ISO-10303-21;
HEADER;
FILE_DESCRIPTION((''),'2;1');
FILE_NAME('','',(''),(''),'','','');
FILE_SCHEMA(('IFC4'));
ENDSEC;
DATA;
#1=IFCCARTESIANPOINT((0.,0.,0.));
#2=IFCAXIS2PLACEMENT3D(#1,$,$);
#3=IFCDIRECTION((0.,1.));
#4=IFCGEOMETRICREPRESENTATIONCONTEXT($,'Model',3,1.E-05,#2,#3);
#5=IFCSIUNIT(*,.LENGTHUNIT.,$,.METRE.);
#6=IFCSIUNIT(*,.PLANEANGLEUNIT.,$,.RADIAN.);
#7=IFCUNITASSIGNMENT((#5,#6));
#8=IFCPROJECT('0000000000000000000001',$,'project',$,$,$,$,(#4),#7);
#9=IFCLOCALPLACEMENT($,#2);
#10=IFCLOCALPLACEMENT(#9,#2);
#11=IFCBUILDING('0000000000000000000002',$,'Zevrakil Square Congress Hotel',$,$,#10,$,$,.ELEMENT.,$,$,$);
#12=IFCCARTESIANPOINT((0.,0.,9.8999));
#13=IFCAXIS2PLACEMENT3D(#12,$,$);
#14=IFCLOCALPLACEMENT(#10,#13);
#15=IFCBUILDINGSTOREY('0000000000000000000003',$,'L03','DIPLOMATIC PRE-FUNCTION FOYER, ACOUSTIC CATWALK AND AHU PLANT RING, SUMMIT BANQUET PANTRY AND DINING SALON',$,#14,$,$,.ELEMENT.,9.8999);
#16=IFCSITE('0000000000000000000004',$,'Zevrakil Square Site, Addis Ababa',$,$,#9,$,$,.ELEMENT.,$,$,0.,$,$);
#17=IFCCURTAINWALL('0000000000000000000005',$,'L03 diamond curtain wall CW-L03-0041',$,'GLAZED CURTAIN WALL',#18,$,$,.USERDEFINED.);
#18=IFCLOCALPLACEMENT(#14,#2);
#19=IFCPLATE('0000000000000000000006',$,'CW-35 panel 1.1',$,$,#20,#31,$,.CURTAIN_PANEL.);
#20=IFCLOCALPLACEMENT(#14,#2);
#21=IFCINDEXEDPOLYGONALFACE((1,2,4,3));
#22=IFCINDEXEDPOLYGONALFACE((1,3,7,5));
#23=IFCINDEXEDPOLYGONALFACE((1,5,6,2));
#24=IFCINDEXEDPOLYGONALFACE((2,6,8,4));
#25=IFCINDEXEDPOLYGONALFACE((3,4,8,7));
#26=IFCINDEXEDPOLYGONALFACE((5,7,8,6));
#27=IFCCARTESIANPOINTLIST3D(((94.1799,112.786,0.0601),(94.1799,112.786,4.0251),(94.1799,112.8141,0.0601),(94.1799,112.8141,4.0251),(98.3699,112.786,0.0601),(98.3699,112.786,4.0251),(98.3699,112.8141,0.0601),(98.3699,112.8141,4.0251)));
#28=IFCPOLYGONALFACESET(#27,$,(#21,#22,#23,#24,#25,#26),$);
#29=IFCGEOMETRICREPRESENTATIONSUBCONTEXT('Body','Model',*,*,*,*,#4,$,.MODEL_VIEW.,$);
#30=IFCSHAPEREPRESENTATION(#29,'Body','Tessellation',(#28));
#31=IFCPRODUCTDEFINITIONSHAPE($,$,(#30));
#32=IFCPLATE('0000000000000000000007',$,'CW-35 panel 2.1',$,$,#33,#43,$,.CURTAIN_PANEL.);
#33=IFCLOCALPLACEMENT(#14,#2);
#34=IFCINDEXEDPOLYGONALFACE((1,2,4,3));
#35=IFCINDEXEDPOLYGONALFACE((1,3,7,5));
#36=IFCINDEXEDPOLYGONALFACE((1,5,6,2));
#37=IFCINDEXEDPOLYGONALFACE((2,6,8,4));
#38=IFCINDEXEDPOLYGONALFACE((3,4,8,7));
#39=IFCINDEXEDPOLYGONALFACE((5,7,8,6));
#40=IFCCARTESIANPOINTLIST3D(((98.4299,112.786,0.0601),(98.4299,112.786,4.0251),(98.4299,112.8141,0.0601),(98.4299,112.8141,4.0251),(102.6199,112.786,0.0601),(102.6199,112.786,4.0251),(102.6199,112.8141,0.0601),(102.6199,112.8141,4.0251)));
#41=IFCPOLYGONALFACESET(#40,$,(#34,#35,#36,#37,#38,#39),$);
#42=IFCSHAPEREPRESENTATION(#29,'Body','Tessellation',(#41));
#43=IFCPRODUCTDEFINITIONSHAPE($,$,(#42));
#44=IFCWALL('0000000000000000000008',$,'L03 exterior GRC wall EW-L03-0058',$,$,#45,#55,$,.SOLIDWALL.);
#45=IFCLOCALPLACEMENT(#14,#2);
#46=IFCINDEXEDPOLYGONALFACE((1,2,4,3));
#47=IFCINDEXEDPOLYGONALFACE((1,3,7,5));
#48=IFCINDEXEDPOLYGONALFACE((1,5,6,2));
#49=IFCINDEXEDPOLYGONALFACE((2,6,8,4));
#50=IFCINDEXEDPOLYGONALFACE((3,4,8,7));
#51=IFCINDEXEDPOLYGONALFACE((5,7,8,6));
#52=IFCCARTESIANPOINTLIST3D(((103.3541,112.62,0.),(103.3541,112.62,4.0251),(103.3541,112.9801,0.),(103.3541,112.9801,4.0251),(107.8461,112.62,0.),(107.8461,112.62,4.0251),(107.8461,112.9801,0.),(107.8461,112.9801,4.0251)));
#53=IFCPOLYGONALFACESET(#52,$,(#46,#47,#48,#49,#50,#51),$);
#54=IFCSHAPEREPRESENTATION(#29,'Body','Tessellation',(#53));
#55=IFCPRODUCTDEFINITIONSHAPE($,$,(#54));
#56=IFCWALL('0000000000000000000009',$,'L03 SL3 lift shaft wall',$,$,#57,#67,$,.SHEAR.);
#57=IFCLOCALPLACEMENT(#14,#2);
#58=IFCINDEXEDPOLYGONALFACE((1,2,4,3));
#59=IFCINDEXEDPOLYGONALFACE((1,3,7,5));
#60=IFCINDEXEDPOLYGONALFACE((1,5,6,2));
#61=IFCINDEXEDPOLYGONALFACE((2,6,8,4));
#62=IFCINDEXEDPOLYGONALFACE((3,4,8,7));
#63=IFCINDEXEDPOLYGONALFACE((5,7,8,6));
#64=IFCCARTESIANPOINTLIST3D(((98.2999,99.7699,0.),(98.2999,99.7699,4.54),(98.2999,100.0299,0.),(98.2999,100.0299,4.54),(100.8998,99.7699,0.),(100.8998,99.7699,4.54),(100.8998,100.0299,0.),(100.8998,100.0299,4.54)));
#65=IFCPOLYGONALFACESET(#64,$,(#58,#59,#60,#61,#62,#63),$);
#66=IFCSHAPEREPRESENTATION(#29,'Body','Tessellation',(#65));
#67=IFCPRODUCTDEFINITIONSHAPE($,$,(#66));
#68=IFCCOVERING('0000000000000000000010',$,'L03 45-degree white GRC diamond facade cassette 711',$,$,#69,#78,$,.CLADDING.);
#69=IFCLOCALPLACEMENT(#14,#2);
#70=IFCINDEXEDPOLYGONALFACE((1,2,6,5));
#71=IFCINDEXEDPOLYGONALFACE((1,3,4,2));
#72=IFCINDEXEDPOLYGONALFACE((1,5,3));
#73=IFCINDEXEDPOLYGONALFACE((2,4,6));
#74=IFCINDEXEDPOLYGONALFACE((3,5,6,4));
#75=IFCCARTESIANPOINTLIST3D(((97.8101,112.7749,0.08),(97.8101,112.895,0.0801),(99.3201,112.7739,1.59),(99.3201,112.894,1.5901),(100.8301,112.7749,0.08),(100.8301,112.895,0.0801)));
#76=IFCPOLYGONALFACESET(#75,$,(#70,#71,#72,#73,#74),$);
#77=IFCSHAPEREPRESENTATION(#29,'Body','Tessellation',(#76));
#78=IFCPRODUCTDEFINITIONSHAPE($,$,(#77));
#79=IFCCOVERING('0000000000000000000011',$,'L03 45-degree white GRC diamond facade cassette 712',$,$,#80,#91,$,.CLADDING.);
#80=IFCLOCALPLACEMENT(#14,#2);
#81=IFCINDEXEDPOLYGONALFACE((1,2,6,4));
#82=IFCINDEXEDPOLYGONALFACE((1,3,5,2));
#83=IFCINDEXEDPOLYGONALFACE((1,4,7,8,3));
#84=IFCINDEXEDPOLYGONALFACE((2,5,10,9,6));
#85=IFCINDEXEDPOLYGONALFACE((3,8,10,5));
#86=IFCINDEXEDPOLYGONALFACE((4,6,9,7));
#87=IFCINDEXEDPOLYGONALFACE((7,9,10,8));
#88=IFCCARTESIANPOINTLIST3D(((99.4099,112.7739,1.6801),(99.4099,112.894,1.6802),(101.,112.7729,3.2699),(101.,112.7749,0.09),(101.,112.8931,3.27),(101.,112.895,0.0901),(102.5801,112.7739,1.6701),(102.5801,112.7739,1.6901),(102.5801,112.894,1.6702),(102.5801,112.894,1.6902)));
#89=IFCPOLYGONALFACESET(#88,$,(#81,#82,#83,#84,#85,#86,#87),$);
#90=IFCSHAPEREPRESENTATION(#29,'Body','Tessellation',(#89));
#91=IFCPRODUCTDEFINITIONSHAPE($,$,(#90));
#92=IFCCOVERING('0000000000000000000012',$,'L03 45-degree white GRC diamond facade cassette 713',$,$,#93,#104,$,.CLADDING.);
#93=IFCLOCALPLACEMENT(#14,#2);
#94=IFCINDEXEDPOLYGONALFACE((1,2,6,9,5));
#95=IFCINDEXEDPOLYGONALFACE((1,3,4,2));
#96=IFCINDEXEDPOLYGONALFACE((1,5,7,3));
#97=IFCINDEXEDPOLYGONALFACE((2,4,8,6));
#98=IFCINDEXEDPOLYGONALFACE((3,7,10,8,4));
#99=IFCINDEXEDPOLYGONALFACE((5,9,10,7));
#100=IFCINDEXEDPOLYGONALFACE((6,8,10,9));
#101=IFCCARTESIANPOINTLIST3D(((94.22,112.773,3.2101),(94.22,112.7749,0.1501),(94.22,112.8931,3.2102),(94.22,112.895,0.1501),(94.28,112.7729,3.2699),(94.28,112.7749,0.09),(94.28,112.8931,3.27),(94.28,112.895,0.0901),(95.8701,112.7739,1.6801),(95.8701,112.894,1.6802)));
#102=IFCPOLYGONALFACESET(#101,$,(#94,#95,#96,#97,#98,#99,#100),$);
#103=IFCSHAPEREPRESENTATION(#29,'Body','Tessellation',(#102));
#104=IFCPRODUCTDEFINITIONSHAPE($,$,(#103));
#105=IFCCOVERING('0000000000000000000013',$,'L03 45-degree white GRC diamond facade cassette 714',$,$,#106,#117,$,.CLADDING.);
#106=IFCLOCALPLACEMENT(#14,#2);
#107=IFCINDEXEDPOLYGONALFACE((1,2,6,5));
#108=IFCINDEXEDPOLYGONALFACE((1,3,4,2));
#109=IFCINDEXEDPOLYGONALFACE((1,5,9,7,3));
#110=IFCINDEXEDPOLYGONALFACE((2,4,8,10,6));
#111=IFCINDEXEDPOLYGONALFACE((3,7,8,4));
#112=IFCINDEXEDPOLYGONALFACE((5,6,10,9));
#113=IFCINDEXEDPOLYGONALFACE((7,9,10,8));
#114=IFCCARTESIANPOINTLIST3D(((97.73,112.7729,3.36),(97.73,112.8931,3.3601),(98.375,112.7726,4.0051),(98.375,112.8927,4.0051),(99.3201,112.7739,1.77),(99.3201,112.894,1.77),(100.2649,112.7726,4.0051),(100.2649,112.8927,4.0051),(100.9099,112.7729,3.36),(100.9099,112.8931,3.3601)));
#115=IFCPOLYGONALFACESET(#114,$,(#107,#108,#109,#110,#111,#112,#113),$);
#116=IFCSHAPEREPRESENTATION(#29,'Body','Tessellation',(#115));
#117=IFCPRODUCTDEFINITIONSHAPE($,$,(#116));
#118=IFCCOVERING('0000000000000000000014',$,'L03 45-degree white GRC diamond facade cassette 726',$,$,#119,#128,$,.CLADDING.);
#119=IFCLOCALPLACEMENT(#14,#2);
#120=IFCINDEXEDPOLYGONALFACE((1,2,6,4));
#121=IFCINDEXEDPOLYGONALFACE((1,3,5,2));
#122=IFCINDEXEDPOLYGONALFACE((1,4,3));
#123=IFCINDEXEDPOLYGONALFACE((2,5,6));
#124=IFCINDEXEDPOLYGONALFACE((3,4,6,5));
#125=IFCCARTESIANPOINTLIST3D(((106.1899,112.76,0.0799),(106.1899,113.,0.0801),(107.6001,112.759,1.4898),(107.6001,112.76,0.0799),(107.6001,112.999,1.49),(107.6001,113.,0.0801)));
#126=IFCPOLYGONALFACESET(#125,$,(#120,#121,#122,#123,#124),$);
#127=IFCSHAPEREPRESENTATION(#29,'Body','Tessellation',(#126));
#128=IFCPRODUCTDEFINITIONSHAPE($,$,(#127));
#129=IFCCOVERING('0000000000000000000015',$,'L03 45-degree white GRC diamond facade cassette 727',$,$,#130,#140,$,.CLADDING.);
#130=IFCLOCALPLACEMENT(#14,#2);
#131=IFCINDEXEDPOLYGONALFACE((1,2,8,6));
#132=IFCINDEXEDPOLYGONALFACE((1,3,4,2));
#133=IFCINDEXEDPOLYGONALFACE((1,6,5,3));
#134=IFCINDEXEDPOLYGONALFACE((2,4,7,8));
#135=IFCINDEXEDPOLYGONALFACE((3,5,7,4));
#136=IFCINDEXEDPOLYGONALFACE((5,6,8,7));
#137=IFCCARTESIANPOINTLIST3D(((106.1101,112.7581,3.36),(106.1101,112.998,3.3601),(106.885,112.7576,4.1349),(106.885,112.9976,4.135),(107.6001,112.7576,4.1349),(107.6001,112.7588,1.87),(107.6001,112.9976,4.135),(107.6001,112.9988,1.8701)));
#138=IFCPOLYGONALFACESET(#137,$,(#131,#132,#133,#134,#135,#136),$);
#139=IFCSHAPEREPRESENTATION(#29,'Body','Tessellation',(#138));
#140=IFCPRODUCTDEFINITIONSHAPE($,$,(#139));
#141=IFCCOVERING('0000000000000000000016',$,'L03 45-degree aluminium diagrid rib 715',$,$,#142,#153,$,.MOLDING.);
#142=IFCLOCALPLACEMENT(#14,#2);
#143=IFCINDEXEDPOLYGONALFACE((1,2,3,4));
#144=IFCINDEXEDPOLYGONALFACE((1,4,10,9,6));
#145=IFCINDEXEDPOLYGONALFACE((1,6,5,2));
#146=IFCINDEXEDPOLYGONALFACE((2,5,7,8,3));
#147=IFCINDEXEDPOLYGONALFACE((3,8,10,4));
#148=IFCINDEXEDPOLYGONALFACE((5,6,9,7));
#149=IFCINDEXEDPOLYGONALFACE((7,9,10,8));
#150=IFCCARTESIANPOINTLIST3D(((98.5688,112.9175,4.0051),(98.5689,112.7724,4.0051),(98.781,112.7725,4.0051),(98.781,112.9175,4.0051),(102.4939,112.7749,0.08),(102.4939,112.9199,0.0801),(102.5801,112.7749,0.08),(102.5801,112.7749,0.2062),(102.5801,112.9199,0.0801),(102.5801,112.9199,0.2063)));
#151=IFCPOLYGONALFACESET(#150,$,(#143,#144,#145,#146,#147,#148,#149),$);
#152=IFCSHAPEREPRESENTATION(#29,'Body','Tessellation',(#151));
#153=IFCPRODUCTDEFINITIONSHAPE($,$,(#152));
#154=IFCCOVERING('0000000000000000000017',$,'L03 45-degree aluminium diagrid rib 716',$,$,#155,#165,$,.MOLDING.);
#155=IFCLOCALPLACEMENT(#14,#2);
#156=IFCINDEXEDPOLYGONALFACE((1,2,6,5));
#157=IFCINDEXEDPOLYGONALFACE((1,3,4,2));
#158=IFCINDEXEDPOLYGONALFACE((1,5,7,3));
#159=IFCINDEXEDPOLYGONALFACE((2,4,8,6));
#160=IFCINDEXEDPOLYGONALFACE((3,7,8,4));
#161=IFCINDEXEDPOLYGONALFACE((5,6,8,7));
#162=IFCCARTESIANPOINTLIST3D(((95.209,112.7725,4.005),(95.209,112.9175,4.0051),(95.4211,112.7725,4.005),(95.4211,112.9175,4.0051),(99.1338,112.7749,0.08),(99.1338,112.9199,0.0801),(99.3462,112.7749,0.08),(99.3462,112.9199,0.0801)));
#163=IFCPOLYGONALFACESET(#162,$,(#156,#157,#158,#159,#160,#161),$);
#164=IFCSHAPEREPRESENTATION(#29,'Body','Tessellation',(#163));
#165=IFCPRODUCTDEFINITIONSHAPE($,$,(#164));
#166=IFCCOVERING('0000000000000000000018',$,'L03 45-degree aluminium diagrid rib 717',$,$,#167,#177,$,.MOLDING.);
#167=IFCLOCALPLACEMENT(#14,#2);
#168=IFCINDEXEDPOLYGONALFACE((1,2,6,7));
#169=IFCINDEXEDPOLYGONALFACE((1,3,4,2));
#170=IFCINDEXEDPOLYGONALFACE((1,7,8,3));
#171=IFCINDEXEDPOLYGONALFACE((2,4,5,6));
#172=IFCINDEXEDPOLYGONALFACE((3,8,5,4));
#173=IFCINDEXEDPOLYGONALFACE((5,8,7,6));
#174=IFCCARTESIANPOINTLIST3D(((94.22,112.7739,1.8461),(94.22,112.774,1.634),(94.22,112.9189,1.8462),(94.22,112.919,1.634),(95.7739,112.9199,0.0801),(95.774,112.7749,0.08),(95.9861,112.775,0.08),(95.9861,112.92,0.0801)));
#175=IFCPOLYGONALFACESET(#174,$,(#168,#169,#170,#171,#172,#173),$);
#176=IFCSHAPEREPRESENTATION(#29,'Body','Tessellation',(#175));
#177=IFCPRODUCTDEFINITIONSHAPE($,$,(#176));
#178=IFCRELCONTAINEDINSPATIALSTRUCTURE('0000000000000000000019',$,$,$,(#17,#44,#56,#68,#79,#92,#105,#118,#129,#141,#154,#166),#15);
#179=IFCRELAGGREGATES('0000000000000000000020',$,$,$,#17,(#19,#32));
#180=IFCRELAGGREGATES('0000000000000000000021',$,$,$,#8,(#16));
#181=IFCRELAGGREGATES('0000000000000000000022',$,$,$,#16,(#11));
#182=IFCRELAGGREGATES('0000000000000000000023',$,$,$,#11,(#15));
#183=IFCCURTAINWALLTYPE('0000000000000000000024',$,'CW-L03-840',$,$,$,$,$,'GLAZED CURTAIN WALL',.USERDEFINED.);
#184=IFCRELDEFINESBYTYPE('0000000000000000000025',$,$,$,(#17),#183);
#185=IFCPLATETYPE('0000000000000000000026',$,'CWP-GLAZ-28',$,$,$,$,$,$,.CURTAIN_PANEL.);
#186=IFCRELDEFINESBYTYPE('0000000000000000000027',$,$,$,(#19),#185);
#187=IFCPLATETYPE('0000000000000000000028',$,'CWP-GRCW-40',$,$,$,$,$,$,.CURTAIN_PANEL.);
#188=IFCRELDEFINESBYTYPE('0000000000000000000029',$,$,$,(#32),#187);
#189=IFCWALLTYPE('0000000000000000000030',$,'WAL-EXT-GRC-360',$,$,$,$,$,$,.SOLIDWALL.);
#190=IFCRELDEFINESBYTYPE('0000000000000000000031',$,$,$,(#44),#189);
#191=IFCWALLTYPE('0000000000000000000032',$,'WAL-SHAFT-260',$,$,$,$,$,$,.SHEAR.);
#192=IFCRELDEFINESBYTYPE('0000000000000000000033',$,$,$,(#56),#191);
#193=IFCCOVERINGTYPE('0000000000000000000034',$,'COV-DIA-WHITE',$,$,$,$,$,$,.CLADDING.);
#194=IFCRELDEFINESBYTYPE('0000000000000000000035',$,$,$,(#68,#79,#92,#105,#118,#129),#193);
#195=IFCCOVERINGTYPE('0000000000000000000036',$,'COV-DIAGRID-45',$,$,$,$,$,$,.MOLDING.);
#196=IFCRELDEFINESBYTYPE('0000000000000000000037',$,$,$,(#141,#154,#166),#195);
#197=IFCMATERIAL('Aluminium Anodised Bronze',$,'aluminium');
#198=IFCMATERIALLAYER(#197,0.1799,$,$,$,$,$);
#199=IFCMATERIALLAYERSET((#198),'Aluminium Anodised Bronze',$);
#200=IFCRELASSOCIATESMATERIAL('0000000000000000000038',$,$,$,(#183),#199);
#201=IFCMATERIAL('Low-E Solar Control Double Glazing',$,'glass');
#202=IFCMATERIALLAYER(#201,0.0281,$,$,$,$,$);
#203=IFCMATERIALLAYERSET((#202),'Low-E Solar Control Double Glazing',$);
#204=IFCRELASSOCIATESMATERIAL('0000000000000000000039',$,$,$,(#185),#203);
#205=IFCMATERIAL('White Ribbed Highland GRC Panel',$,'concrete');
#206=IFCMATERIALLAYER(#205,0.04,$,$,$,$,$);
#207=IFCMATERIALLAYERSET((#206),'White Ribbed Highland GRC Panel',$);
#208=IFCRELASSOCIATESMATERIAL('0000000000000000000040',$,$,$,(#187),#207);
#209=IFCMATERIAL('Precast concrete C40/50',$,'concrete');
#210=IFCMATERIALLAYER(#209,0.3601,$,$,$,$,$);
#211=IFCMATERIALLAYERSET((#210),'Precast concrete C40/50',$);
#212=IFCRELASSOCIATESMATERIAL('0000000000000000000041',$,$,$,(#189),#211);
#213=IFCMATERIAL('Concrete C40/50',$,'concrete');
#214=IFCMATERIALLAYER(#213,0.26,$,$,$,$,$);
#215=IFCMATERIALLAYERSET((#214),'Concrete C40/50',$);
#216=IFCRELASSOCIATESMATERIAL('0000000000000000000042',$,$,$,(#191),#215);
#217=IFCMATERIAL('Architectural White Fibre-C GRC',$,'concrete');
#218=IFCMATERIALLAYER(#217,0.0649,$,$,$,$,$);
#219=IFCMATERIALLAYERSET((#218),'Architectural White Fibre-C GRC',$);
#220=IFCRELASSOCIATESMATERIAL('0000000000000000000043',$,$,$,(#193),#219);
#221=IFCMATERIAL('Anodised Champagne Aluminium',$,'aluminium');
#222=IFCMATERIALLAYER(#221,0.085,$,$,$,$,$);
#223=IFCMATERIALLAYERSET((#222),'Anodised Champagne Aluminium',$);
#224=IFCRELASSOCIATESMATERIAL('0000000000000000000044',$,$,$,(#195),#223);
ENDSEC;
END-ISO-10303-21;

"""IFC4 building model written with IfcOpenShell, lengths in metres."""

from ifc_helpers import new_model, si_unit, direction, frame, frame_2d, origin, origin_2d, place, context, subcontext, project, spatial, polyline, rectangle, outline, extrude, material, layer, layer_set, type_object, element, aggregate, save


model = new_model("IFC4")

# Units and contexts
model_context = context("Model", 3, precision=1e-05, world=origin(), true_north=direction((0.0, 1.0)))
body_context = subcontext(model_context, "Body", "Model", "MODEL_VIEW")
ifc_project = project(units=[si_unit("LENGTHUNIT", "METRE"), si_unit("PLANEANGLEUNIT", "RADIAN")], contexts=[model_context])

# Site, building, storey
site_placement = place(None, origin())
site = spatial("IfcSite", under=ifc_project, at=site_placement, Name="Zevrakil Square Site, Addis Ababa", CompositionType="ELEMENT", RefElevation=0.0)
building_placement = place(site_placement, origin())
building = spatial("IfcBuilding", under=site, at=building_placement, Name="Zevrakil Square Congress Hotel", CompositionType="ELEMENT")
storey_placement = place(building_placement, frame((0.0, 0.0, 9.8999)))
storey = spatial("IfcBuildingStorey", under=building, at=storey_placement, Name="L03", Description="DIPLOMATIC PRE-FUNCTION FOYER, ACOUSTIC CATWALK AND AHU PLANT RING, SUMMIT BANQUET PANTRY AND DINING SALON", CompositionType="ELEMENT", Elevation=9.8999)

# Curtain wall, plates
ifc_material_1 = material(Name="Aluminium Anodised Bronze", Category="aluminium")
ifc_layer_1 = layer(ifc_material_1, 0.1799)
ifc_layer_set_1 = layer_set([ifc_layer_1], Name="Aluminium Anodised Bronze")
curtain_wall_type = type_object("IfcCurtainWallType", Name="CW-L03-840", ElementType="GLAZED CURTAIN WALL", PredefinedType="USERDEFINED", material=ifc_layer_set_1)
curtain_wall_placement = place(storey_placement, origin())
curtain_wall = element("IfcCurtainWall", 1, at=curtain_wall_placement, inside=storey, type_object=curtain_wall_type, Name="L03 diamond curtain wall CW-L03-0041", ObjectType="GLAZED CURTAIN WALL", PredefinedType="USERDEFINED")
ifc_material_2 = material(Name="Low-E Solar Control Double Glazing", Category="glass")
ifc_layer_2 = layer(ifc_material_2, 0.0281)
ifc_layer_set_2 = layer_set([ifc_layer_2], Name="Low-E Solar Control Double Glazing")
plate_type_1 = type_object("IfcPlateType", Name="CWP-GLAZ-28", PredefinedType="CURTAIN_PANEL", material=ifc_layer_set_2)
plate_1_placement = place(storey_placement, frame((96.2749, 112.8, 0.0601), z_axis=(0.0, 0.0, 1.0), x_axis=(1.0, 0.0, 0.0)))
plate_1 = element("IfcPlate", 2, at=plate_1_placement, type_object=plate_type_1, Name="CW-35 panel 1.1", PredefinedType="CURTAIN_PANEL", context=body_context, shape_type="SweptSolid", body=[
    extrude(rectangle(XDim=4.1899, YDim=0.0281, at=origin_2d()), origin(), (0.0, 0.0, 1.0), 3.9651),
])
ifc_material_3 = material(Name="White Ribbed Highland GRC Panel", Category="concrete")
ifc_layer_3 = layer(ifc_material_3, 0.04)
ifc_layer_set_3 = layer_set([ifc_layer_3], Name="White Ribbed Highland GRC Panel")
plate_type_2 = type_object("IfcPlateType", Name="CWP-GRCW-40", PredefinedType="CURTAIN_PANEL", material=ifc_layer_set_3)
plate_2_placement = place(storey_placement, frame((100.5249, 112.8, 0.0601), z_axis=(0.0, 0.0, 1.0), x_axis=(1.0, 0.0, 0.0)))
plate_2 = element("IfcPlate", 3, at=plate_2_placement, type_object=plate_type_2, Name="CW-35 panel 2.1", PredefinedType="CURTAIN_PANEL", context=body_context, shape_type="SweptSolid", body=[
    extrude(rectangle(XDim=4.1899, YDim=0.0281, at=origin_2d()), origin(), (0.0, 0.0, 1.0), 3.9651),
])
aggregate(curtain_wall, [plate_1, plate_2])

# Walls
ifc_material_4 = material(Name="Precast concrete C40/50", Category="concrete")
ifc_layer_4 = layer(ifc_material_4, 0.3601)
ifc_layer_set_4 = layer_set([ifc_layer_4], Name="Precast concrete C40/50")
wall_type_1 = type_object("IfcWallType", Name="WAL-EXT-GRC-360", PredefinedType="SOLIDWALL", material=ifc_layer_set_4)
wall_1_placement = place(storey_placement, frame((103.354, 112.8, 0.0), z_axis=(0.0, 0.0, 1.0), x_axis=(1.0, 0.0, 0.0)))
element("IfcWall", 4, at=wall_1_placement, inside=storey, type_object=wall_type_1, Name="L03 exterior GRC wall EW-L03-0058", PredefinedType="SOLIDWALL", context=body_context, shape_type="SweptSolid", body=[
    extrude(rectangle(XDim=4.4919, YDim=0.3601, at=frame_2d((2.2461, 0.0))), origin(), (0.0, 0.0, 1.0), 4.0251),
])
ifc_material_5 = material(Name="Concrete C40/50", Category="concrete")
ifc_layer_5 = layer(ifc_material_5, 0.26)
ifc_layer_set_5 = layer_set([ifc_layer_5], Name="Concrete C40/50")
wall_type_2 = type_object("IfcWallType", Name="WAL-SHAFT-260", PredefinedType="SHEAR", material=ifc_layer_set_5)
wall_2_placement = place(storey_placement, frame((98.3, 99.8999, 0.0), z_axis=(0.0, 0.0, 1.0), x_axis=(1.0, 0.0, 0.0)))
element("IfcWall", 5, at=wall_2_placement, inside=storey, type_object=wall_type_2, Name="L03 SL3 lift shaft wall", PredefinedType="SHEAR", context=body_context, shape_type="SweptSolid", body=[
    extrude(rectangle(XDim=2.5999, YDim=0.26, at=frame_2d((1.2998, 0.0))), origin(), (0.0, 0.0, 1.0), 4.54),
])

# Coverings
ifc_material_6 = material(Name="Architectural White Fibre-C GRC", Category="concrete")
ifc_layer_6 = layer(ifc_material_6, 0.0649)
ifc_layer_set_6 = layer_set([ifc_layer_6], Name="Architectural White Fibre-C GRC")
covering_type_1 = type_object("IfcCoveringType", Name="COV-DIA-WHITE", PredefinedType="CLADDING", material=ifc_layer_set_6)
covering_1_placement = place(storey_placement, frame((99.3201, 112.894, 1.5901), z_axis=(0.0, 1.0, 0.000647), x_axis=(-0.707107, 0.000457, -0.707107)))
element("IfcCovering", 6, at=covering_1_placement, inside=storey, type_object=covering_type_1, Name="L03 45-degree white GRC diamond facade cassette 711", PredefinedType="CLADDING", context=body_context, shape_type="SweptSolid", body=[
    extrude(outline(polyline([(0.0, 0.0), (2.1355, 0.0), (0.0, -2.1355), (0.0, 0.0)])), origin(), (0.0, 0.0, -1.0), 0.1201),
])
covering_2_placement = place(storey_placement, frame((101.0, 112.8931, 3.27), z_axis=(0.0, 1.0, 0.000612), x_axis=(-0.707161, 0.000433, -0.707052)))
element("IfcCovering", 7, at=covering_2_placement, inside=storey, type_object=covering_type_1, Name="L03 45-degree white GRC diamond facade cassette 712", PredefinedType="CLADDING", context=body_context, shape_type="SweptSolid", body=[
    extrude(outline(polyline([(0.0, 0.0), (2.2486, 0.0), (2.2484, -2.2487), (0.0138, -2.2486), (-0.0003, -2.2344), (0.0, 0.0)])), origin(), (0.0, 0.0, -1.0), 0.1201),
])
covering_3_placement = place(storey_placement, frame((94.28, 112.895, 0.0901), z_axis=(0.0, 1.0, 0.000615), x_axis=(0.707107, -0.000435, 0.707107)))
element("IfcCovering", 8, at=covering_3_placement, inside=storey, type_object=covering_type_1, Name="L03 45-degree white GRC diamond facade cassette 713", PredefinedType="CLADDING", context=body_context, shape_type="SweptSolid", body=[
    extrude(outline(polyline([(0.0, 0.0), (2.2487, 0.0), (2.2486, -2.2486), (2.1638, -2.2487), (0.0, -0.0849), (0.0, 0.0)])), origin(), (0.0, 0.0, -1.0), 0.1201),
])
covering_4_placement = place(storey_placement, frame((97.73, 112.8931, 3.3601), z_axis=(0.0, 1.0, 0.000577), x_axis=(0.707107, 0.000408, -0.707107)))
element("IfcCovering", 9, at=covering_4_placement, inside=storey, type_object=covering_type_1, Name="L03 45-degree white GRC diamond facade cassette 714", PredefinedType="CLADDING", context=body_context, shape_type="SweptSolid", body=[
    extrude(outline(polyline([(0.0, 0.0), (2.2487, 0.0), (2.2486, -2.2486), (1.3364, -2.2486), (0.0, -0.9122), (0.0, 0.0)])), origin(), (0.0, 0.0, -1.0), 0.1201),
])
covering_5_placement = place(storey_placement, frame((106.1899, 113.0, 0.0801), z_axis=(0.0, 1.0, 0.000693), x_axis=(1.0, 0.0, 0.0)))
element("IfcCovering", 10, at=covering_5_placement, inside=storey, type_object=covering_type_1, Name="L03 45-degree white GRC diamond facade cassette 726", PredefinedType="CLADDING", context=body_context, shape_type="SweptSolid", body=[
    extrude(outline(polyline([(0.0, 0.0), (1.4102, 0.0), (1.4102, -1.4099), (0.0, 0.0)])), origin(), (0.0, 0.0, -1.0), 0.24),
])
covering_6_placement = place(storey_placement, frame((106.1101, 112.998, 3.3601), z_axis=(0.000041, 1.0, 0.000552), x_axis=(0.707107, 0.000361, -0.707107)))
element("IfcCovering", 11, at=covering_6_placement, inside=storey, type_object=covering_type_1, Name="L03 45-degree white GRC diamond facade cassette 727", PredefinedType="CLADDING", context=body_context, shape_type="SweptSolid", body=[
    extrude(outline(polyline([(0.0, 0.0), (2.1072, 0.0), (0.5056, -1.6015), (0.0, -1.0959), (0.0, 0.0)])), origin(), (0.0, 0.0, -1.0), 0.24),
])
ifc_material_7 = material(Name="Anodised Champagne Aluminium", Category="aluminium")
ifc_layer_7 = layer(ifc_material_7, 0.085)
ifc_layer_set_7 = layer_set([ifc_layer_7], Name="Anodised Champagne Aluminium")
covering_type_2 = type_object("IfcCoveringType", Name="COV-DIAGRID-45", PredefinedType="MOLDING", material=ifc_layer_set_7)
covering_7_placement = place(storey_placement, frame((102.4939, 112.9199, 0.0801), z_axis=(-0.000187, 1.0, 0.000441), x_axis=(1.0, 0.000187, 0.0)))
element("IfcCovering", 12, at=covering_7_placement, inside=storey, type_object=covering_type_2, Name="L03 45-degree aluminium diagrid rib 715", PredefinedType="MOLDING", context=body_context, shape_type="SweptSolid", body=[
    extrude(outline(polyline([(0.0, 0.0), (0.0862, 0.0), (0.0862, -0.1262), (-3.7129, -3.925), (-3.925, -3.925), (0.0, 0.0)])), origin(), (0.0, 0.0, -1.0), 0.145),
])
covering_8_placement = place(storey_placement, frame((99.1338, 112.9199, 0.0801), z_axis=(0.0, 1.0, 0.000622), x_axis=(1.0, 0.0, 0.0)))
element("IfcCovering", 13, at=covering_8_placement, inside=storey, type_object=covering_type_2, Name="L03 45-degree aluminium diagrid rib 716", PredefinedType="MOLDING", context=body_context, shape_type="SweptSolid", body=[
    extrude(outline(polyline([(0.0, 0.0), (0.2124, 0.0), (-3.7126, -3.925), (-3.9248, -3.925), (0.0, 0.0)])), origin(), (0.0, 0.0, -1.0), 0.145),
])
covering_9_placement = place(storey_placement, frame((95.7739, 112.9199, 0.0801), z_axis=(-0.000294, 1.0, 0.000294), x_axis=(1.0, 0.000294, 0.0)))
element("IfcCovering", 14, at=covering_9_placement, inside=storey, type_object=covering_type_2, Name="L03 45-degree aluminium diagrid rib 717", PredefinedType="MOLDING", context=body_context, shape_type="SweptSolid", body=[
    extrude(outline(polyline([(0.0, 0.0), (0.2122, 0.0), (-1.554, -1.7661), (-1.554, -1.554), (0.0, 0.0)])), origin(), (0.0, 0.0, -1.0), 0.145),
])

save(model, "model.ifc")
